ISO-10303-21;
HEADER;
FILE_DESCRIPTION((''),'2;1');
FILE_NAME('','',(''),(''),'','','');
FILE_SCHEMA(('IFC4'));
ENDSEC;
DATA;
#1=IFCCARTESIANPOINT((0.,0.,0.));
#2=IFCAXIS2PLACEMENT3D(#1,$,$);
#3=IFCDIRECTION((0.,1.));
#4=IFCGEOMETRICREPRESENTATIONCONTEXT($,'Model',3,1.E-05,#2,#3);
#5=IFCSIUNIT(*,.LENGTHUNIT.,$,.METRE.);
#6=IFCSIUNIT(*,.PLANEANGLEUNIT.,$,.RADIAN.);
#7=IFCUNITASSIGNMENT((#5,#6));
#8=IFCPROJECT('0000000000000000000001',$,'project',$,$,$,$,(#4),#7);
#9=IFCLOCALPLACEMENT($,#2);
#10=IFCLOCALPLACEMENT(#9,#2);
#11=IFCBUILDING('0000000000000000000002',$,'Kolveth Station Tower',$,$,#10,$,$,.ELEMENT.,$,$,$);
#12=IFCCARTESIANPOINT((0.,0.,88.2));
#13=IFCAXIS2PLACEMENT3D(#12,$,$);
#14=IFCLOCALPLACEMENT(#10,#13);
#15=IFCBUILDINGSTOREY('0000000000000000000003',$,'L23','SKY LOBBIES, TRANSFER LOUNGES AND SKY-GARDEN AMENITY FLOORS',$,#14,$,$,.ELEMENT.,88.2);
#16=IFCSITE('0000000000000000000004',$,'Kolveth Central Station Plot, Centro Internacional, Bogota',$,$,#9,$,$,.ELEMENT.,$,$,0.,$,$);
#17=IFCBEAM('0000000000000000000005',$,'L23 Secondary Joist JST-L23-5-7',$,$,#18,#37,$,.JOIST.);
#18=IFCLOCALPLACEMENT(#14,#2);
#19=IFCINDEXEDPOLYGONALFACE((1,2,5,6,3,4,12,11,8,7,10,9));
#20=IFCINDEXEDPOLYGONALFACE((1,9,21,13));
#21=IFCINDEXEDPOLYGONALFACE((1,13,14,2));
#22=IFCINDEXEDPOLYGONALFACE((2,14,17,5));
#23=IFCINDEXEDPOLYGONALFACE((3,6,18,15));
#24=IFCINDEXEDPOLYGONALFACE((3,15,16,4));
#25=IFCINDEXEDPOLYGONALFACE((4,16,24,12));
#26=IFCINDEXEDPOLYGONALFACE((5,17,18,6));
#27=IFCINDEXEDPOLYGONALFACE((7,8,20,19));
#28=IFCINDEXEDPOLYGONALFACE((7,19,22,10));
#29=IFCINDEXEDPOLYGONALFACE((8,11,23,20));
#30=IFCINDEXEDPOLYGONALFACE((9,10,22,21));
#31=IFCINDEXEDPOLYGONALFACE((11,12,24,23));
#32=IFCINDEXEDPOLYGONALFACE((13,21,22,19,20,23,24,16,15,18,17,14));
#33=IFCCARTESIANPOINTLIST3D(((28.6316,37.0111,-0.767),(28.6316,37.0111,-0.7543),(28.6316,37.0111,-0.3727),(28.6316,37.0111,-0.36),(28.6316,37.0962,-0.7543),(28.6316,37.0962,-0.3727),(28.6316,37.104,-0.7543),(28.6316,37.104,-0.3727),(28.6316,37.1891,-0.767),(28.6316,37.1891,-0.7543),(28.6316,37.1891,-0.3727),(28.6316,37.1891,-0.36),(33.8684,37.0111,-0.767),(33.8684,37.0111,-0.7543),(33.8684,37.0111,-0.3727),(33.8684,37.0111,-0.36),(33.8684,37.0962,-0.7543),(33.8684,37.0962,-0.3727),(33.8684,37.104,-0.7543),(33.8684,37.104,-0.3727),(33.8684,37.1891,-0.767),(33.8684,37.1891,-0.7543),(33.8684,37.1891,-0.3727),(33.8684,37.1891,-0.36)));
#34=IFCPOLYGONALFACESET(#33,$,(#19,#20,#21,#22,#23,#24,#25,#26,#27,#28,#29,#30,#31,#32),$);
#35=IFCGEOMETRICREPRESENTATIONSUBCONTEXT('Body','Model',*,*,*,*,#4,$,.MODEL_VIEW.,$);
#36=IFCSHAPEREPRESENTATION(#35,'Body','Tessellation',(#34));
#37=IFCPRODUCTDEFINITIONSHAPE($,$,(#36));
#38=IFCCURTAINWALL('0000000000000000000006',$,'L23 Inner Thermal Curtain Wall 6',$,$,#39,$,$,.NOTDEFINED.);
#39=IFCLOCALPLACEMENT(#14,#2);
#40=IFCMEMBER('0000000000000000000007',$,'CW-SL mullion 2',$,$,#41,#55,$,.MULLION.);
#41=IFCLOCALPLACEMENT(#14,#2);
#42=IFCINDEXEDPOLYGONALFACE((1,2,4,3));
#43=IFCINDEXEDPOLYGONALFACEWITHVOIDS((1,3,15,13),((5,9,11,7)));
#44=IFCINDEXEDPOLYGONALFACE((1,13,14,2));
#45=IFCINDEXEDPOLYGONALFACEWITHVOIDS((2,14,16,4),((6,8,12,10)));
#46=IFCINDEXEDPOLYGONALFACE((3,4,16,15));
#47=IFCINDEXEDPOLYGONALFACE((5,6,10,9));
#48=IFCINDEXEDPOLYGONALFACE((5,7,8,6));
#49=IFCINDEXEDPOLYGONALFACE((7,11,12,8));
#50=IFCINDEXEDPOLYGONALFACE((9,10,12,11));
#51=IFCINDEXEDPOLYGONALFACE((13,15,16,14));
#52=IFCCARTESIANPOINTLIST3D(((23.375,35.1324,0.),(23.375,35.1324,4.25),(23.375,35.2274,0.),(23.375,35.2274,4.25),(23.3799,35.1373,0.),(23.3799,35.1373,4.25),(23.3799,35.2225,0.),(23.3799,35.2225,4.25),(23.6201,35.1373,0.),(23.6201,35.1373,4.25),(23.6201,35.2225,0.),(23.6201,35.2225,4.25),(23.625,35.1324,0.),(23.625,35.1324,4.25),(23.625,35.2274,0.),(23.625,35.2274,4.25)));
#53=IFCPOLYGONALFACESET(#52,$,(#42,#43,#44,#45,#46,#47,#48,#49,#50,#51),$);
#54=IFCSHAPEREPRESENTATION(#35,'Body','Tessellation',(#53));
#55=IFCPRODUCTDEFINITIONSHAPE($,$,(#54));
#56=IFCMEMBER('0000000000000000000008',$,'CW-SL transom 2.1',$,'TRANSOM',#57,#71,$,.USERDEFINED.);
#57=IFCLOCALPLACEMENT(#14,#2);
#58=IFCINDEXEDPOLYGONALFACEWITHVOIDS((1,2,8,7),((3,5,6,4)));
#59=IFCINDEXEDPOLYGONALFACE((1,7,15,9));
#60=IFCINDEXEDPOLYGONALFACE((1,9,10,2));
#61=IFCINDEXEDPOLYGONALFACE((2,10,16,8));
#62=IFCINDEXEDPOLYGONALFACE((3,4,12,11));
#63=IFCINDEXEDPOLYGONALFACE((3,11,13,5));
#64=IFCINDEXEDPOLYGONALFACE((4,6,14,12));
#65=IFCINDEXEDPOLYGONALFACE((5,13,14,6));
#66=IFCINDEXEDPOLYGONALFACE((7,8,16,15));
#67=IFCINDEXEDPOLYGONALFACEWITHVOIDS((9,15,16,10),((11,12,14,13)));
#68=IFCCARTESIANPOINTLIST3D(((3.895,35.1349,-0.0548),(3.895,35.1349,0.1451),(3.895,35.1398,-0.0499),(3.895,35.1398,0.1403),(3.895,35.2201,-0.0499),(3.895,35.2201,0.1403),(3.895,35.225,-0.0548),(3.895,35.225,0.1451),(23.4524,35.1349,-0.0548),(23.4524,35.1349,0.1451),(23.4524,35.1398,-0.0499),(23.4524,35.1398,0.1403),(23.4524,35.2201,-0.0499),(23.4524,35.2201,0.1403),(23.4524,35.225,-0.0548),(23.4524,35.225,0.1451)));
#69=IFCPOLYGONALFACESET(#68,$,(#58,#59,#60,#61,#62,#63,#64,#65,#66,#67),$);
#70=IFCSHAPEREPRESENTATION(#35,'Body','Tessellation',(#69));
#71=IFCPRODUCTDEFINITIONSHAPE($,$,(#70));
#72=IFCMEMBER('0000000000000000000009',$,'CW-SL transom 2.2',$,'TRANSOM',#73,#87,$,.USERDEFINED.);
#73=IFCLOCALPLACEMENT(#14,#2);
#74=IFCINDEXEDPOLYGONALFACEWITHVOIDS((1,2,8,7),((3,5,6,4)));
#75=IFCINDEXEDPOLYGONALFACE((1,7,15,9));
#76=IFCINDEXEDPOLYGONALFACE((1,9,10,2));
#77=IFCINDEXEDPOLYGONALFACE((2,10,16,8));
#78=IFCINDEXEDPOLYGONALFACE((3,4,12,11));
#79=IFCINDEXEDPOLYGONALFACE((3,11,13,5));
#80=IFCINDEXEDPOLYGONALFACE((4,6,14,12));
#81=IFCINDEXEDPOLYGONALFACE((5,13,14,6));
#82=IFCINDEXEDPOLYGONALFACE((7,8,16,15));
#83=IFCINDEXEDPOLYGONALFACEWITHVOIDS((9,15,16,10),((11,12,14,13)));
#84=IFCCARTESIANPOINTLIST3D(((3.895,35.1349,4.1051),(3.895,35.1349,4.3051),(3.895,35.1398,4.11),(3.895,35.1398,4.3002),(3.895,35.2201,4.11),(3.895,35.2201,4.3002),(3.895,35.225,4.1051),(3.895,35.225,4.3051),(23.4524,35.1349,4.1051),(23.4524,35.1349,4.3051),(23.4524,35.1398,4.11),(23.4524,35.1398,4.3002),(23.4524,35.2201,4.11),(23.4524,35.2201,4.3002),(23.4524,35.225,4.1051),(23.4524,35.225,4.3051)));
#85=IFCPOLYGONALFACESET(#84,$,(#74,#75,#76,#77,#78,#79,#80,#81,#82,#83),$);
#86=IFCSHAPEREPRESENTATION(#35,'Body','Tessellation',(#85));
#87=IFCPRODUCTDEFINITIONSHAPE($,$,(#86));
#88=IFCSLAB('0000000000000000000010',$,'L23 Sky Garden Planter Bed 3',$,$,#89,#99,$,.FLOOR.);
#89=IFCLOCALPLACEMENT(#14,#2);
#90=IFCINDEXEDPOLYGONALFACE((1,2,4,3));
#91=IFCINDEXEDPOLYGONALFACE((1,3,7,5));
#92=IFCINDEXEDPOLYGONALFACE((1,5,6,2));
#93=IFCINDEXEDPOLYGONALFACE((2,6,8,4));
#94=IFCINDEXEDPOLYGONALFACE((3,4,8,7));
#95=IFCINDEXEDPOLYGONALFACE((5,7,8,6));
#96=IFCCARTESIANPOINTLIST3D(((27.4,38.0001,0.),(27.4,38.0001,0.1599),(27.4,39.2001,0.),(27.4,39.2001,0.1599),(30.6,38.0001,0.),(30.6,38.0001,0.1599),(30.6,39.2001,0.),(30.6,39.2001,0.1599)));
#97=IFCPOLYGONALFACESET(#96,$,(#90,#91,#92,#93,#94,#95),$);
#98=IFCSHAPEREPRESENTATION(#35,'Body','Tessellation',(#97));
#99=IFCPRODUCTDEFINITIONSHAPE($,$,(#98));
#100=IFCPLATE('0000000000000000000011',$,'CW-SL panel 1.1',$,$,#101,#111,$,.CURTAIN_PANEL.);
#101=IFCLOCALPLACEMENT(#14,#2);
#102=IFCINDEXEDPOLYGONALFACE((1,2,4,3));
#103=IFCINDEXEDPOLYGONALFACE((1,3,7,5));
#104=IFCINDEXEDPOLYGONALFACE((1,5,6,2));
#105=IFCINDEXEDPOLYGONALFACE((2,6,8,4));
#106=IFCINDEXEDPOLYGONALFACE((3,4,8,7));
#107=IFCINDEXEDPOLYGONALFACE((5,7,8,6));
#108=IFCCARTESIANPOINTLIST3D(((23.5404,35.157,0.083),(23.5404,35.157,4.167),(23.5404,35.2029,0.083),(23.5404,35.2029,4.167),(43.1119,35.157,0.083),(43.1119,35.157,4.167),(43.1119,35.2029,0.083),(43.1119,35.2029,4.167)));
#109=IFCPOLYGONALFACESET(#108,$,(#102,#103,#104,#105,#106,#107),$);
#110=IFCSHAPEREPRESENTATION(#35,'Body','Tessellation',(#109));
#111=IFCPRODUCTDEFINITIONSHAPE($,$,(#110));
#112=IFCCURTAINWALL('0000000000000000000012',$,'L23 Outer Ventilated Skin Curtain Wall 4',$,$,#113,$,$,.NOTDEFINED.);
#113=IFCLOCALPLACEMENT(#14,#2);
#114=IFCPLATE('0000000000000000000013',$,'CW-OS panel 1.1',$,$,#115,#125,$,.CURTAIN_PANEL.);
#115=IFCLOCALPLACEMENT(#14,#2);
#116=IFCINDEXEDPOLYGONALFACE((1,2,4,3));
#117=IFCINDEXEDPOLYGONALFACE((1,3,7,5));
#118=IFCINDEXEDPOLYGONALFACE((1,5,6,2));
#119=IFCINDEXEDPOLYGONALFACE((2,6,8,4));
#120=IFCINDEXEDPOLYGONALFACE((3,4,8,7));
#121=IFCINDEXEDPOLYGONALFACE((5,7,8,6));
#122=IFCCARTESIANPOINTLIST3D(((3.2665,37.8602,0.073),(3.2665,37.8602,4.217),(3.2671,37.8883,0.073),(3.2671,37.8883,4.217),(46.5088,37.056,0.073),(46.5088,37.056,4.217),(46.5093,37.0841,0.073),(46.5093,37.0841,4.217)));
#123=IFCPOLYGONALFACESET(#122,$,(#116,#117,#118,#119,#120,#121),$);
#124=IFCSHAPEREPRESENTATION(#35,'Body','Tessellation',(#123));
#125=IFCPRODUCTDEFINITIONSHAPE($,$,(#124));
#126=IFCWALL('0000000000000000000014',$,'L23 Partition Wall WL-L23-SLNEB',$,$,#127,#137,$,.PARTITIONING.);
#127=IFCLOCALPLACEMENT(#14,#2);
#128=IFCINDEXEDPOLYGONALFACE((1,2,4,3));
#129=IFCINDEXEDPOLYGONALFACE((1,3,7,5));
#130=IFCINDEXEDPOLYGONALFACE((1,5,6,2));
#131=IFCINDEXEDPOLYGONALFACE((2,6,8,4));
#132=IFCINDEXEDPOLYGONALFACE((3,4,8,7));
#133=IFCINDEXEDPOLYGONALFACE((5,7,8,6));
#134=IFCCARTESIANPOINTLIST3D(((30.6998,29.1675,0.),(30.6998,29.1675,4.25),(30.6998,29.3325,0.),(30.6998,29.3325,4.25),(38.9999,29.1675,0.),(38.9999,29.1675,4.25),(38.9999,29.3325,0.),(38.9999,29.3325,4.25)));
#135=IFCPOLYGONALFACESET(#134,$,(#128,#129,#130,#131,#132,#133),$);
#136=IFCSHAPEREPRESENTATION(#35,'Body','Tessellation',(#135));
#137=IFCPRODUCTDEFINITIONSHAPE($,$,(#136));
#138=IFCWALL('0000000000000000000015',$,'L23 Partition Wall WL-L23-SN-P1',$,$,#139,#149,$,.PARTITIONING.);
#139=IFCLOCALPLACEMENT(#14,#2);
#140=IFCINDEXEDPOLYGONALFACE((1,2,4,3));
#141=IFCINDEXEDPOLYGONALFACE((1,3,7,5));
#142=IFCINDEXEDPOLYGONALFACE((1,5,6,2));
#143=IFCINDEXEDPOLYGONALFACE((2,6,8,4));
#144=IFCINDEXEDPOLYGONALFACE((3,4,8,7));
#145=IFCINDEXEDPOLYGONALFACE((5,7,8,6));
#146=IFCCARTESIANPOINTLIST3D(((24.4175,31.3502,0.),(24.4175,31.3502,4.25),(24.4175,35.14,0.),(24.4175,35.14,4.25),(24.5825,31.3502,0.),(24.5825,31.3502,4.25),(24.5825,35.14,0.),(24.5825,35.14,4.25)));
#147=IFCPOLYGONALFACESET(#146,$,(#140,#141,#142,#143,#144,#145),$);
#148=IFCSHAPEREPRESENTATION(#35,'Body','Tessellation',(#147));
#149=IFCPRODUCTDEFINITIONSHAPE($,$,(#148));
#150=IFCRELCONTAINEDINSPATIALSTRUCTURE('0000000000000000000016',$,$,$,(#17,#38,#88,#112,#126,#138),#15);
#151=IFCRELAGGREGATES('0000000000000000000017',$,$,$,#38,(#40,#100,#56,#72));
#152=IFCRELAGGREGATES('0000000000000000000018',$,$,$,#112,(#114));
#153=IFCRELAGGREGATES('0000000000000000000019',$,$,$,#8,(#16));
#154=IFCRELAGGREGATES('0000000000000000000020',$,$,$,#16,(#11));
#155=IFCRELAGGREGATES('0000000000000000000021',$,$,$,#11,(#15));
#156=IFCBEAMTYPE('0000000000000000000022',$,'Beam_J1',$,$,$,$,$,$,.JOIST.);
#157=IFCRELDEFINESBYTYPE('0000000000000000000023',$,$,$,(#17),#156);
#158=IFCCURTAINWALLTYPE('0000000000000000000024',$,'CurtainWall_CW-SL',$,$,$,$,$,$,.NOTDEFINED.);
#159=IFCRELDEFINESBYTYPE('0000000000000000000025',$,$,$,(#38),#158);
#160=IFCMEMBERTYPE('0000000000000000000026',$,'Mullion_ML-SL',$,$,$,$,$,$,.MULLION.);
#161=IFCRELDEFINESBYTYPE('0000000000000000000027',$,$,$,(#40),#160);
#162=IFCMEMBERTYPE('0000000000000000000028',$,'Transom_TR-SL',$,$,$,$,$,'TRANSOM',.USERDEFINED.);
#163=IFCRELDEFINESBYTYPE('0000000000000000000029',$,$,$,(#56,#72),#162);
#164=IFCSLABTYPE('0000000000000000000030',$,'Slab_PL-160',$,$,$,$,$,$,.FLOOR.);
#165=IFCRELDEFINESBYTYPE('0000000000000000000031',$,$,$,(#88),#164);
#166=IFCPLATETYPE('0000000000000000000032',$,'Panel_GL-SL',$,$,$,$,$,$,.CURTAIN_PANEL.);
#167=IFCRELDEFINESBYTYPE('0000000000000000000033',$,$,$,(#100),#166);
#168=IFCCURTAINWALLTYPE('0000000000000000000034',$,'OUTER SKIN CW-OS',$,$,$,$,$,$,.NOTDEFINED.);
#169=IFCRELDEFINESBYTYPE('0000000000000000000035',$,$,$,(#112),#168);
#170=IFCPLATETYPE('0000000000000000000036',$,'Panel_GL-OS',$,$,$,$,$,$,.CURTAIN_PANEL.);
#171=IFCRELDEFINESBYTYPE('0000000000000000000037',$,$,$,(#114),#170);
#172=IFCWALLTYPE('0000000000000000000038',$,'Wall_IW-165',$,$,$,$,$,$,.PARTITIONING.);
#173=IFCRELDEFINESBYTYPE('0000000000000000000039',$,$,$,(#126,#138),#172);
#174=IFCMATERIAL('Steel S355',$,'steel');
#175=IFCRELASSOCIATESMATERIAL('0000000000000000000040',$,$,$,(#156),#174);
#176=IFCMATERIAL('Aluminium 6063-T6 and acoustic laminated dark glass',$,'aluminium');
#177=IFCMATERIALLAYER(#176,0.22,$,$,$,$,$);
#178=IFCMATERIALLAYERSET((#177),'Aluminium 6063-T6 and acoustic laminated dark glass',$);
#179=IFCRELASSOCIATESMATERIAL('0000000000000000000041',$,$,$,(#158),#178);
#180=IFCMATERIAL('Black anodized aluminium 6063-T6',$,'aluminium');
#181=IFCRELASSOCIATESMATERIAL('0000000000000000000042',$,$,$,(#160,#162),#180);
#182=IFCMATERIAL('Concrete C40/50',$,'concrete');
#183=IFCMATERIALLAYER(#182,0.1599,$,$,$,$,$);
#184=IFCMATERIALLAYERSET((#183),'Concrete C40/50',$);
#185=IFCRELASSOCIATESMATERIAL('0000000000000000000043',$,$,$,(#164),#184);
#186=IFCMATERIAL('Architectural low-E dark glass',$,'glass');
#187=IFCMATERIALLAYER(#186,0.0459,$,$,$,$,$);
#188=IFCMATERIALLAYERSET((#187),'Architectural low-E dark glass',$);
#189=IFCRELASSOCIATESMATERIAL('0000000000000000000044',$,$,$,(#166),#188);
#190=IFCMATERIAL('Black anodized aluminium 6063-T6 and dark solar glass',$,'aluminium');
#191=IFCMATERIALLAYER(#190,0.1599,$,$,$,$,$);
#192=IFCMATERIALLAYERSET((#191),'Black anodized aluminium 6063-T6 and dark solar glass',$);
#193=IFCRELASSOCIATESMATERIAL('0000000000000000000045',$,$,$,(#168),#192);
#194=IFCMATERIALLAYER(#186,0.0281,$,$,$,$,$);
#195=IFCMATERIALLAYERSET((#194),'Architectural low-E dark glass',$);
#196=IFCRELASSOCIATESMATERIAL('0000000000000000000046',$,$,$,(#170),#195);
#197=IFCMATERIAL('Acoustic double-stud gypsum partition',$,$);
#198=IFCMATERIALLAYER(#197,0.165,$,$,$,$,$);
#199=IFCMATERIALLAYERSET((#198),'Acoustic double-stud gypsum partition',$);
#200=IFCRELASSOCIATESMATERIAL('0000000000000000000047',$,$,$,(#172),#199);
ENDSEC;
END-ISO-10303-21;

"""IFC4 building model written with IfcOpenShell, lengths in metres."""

from ifc_helpers import new_model, si_unit, direction, frame, frame_2d, origin, origin_2d, place, context, subcontext, project, spatial, rectangle, hollow_rectangle, i_section, extrude, source, transform, mapped, material, layer, layer_set, material_profile, profile_set, type_object, element, aggregate, save


model = new_model("IFC4")

# Units and contexts
model_context = context("Model", 3, precision=1e-05, world=origin(), true_north=direction((0.0, 1.0)))
body_context = subcontext(model_context, "Body", "Model", "MODEL_VIEW")
ifc_project = project(units=[si_unit("LENGTHUNIT", "METRE"), si_unit("PLANEANGLEUNIT", "RADIAN")], contexts=[model_context])

# Site, building, storey
site_placement = place(None, origin())
site = spatial("IfcSite", under=ifc_project, at=site_placement, Name="Kolveth Central Station Plot, Centro Internacional, Bogota", CompositionType="ELEMENT", RefElevation=0.0)
building_placement = place(site_placement, origin())
building = spatial("IfcBuilding", under=site, at=building_placement, Name="Kolveth Station Tower", CompositionType="ELEMENT")
storey_placement = place(building_placement, frame((0.0, 0.0, 88.2)))
storey = spatial("IfcBuildingStorey", under=building, at=storey_placement, Name="L23", Description="SKY LOBBIES, TRANSFER LOUNGES AND SKY-GARDEN AMENITY FLOORS", CompositionType="ELEMENT", Elevation=88.2)

# Shared definitions
ifc_material_1 = material(Name="Steel S355", Category="steel")

# Beam
ifc_material_profile_1 = material_profile(ifc_material_1, i_section(OverallWidth=0.178, OverallDepth=0.407, WebThickness=0.0078, FlangeThickness=0.0127, at=origin_2d()), Name="W410x60")
ifc_profile_set_1 = profile_set([ifc_material_profile_1], Name="Steel S355")
beam_type_1 = type_object("IfcBeamType", Name="Beam_J1", PredefinedType="JOIST", material=ifc_profile_set_1)
shared_shape_1 = source(origin(), body_context, "Body", "SweptSolid", [
    extrude(i_section(OverallWidth=0.178, OverallDepth=0.407, WebThickness=0.0078, FlangeThickness=0.0127, at=origin_2d()), origin(), (0.0, 0.0, 1.0), 5.2368),
])
for number, where, z_axis, x_axis, name in (
    (1, (28.6316, 37.1001, -0.5635), (1.0, 0.0, 0.0), (0.0, 1.0, 0.0), "L23 Secondary Joist JST-L23-5-7"),
):
    element("IfcBeam", number, at=place(storey_placement, frame(where, z_axis=z_axis, x_axis=x_axis)), inside=storey, type_object=beam_type_1, Name=name, PredefinedType="JOIST", context=body_context, shape_type="MappedRepresentation", body=[
        mapped(shared_shape_1, transform((0.0, 0.0, 0.0), x_axis=(1.0, 0.0, 0.0), y_axis=(0.0, 1.0, 0.0), z_axis=(0.0, 0.0, 1.0), scale=1.0)),
    ])

# Curtain wall, members
ifc_material_2 = material(Name="Aluminium 6063-T6 and acoustic laminated dark glass", Category="aluminium")
ifc_layer_1 = layer(ifc_material_2, 0.22)
ifc_layer_set_1 = layer_set([ifc_layer_1], Name="Aluminium 6063-T6 and acoustic laminated dark glass")
curtain_wall_type_1 = type_object("IfcCurtainWallType", Name="CurtainWall_CW-SL", PredefinedType="NOTDEFINED", material=ifc_layer_set_1)
curtain_wall_1_placement = place(storey_placement, origin())
curtain_wall_1 = element("IfcCurtainWall", 2, at=curtain_wall_1_placement, inside=storey, type_object=curtain_wall_type_1, Name="L23 Inner Thermal Curtain Wall 6", PredefinedType="NOTDEFINED")
ifc_material_3 = material(Name="Black anodized aluminium 6063-T6", Category="aluminium")
ifc_material_profile_2 = material_profile(ifc_material_3, hollow_rectangle(XDim=0.095, YDim=0.25, WallThickness=0.0049, at=origin_2d()), Name="ALU-95x250x5")
ifc_profile_set_2 = profile_set([ifc_material_profile_2], Name="Black anodized aluminium 6063-T6")
member_type_1 = type_object("IfcMemberType", Name="Mullion_ML-SL", PredefinedType="MULLION", material=ifc_profile_set_2)
shared_shape_2 = source(origin(), body_context, "Body", "SweptSolid", [
    extrude(hollow_rectangle(XDim=0.095, YDim=0.25, WallThickness=0.0049, at=origin_2d()), origin(), (0.0, 0.0, 1.0), 4.25),
])
member_1_placement = place(storey_placement, frame((23.5, 35.1799, 0.0), z_axis=(0.0, 0.0, 1.0), x_axis=(0.0, -1.0, 0.0)))
member_1 = element("IfcMember", 3, at=member_1_placement, type_object=member_type_1, Name="CW-SL mullion 2", PredefinedType="MULLION", context=body_context, shape_type="MappedRepresentation", body=[
    mapped(shared_shape_2, transform((0.0, 0.0, 0.0), x_axis=(1.0, 0.0, 0.0), y_axis=(0.0, 1.0, 0.0), z_axis=(0.0, 0.0, 1.0), scale=1.0)),
])
ifc_material_profile_3 = material_profile(ifc_material_3, hollow_rectangle(XDim=0.0901, YDim=0.2, WallThickness=0.0049, at=origin_2d()), Name="ALU-90x200x5")
ifc_profile_set_3 = profile_set([ifc_material_profile_3], Name="Black anodized aluminium 6063-T6")
member_type_2 = type_object("IfcMemberType", Name="Transom_TR-SL", ElementType="TRANSOM", PredefinedType="USERDEFINED", material=ifc_profile_set_3)
shared_shape_3 = source(origin(), body_context, "Body", "SweptSolid", [
    extrude(hollow_rectangle(XDim=0.0901, YDim=0.2, WallThickness=0.0049, at=origin_2d()), origin(), (0.0, 0.0, 1.0), 19.5574),
])
member_2_placement = place(storey_placement, frame((23.4524, 35.1799, 0.0452), z_axis=(-1.0, 0.0, 0.0), x_axis=(0.0, -1.0, 0.0)))
member_2 = element("IfcMember", 4, at=member_2_placement, type_object=member_type_2, Name="CW-SL transom 2.1", ObjectType="TRANSOM", PredefinedType="USERDEFINED", context=body_context, shape_type="MappedRepresentation", body=[
    mapped(shared_shape_3, transform((0.0, 0.0, 0.0), x_axis=(1.0, 0.0, 0.0), y_axis=(0.0, 1.0, 0.0), z_axis=(0.0, 0.0, 1.0), scale=1.0)),
])
member_3_placement = place(storey_placement, frame((23.4524, 35.1799, 4.2051), z_axis=(-1.0, 0.0, 0.0), x_axis=(0.0, -1.0, 0.0)))
member_3 = element("IfcMember", 5, at=member_3_placement, type_object=member_type_2, Name="CW-SL transom 2.2", ObjectType="TRANSOM", PredefinedType="USERDEFINED", context=body_context, shape_type="MappedRepresentation", body=[
    mapped(shared_shape_3, transform((0.0, 0.0, 0.0), x_axis=(1.0, 0.0, 0.0), y_axis=(0.0, 1.0, 0.0), z_axis=(0.0, 0.0, 1.0), scale=1.0)),
])

# Slab
ifc_material_4 = material(Name="Concrete C40/50", Category="concrete")
ifc_layer_2 = layer(ifc_material_4, 0.1599)
ifc_layer_set_2 = layer_set([ifc_layer_2], Name="Concrete C40/50")
slab_type = type_object("IfcSlabType", Name="Slab_PL-160", PredefinedType="FLOOR", material=ifc_layer_set_2)
shared_shape_4 = source(origin(), body_context, "Body", "SweptSolid", [
    extrude(rectangle(XDim=3.2, YDim=1.2, at=origin_2d()), origin(), (0.0, 0.0, 1.0), 0.1599),
])
slab_placement = place(storey_placement, frame((29.0, 38.6001, 0.0), z_axis=(0.0, 0.0, 1.0), x_axis=(1.0, 0.0, 0.0)))
element("IfcSlab", 6, at=slab_placement, inside=storey, type_object=slab_type, Name="L23 Sky Garden Planter Bed 3", PredefinedType="FLOOR", context=body_context, shape_type="MappedRepresentation", body=[
    mapped(shared_shape_4, transform((0.0, 0.0, 0.0), x_axis=(1.0, 0.0, 0.0), y_axis=(0.0, 1.0, 0.0), z_axis=(0.0, 0.0, 1.0), scale=1.0)),
])

# Plate
ifc_material_5 = material(Name="Architectural low-E dark glass", Category="glass")
ifc_layer_3 = layer(ifc_material_5, 0.0459)
ifc_layer_set_3 = layer_set([ifc_layer_3], Name="Architectural low-E dark glass")
plate_type_1 = type_object("IfcPlateType", Name="Panel_GL-SL", PredefinedType="CURTAIN_PANEL", material=ifc_layer_set_3)
shared_shape_5 = source(origin(), body_context, "Body", "SweptSolid", [
    extrude(rectangle(XDim=19.5715, YDim=0.0459, at=origin_2d()), origin(), (0.0, 0.0, 1.0), 4.084),
])
plate_1_placement = place(storey_placement, frame((33.3262, 35.1799, 0.083), z_axis=(0.0, 0.0, 1.0), x_axis=(-1.0, 0.0, 0.0)))
plate_1 = element("IfcPlate", 7, at=plate_1_placement, type_object=plate_type_1, Name="CW-SL panel 1.1", PredefinedType="CURTAIN_PANEL", context=body_context, shape_type="MappedRepresentation", body=[
    mapped(shared_shape_5, transform((0.0, 0.0, 0.0), x_axis=(1.0, 0.0, 0.0), y_axis=(0.0, 1.0, 0.0), z_axis=(0.0, 0.0, 1.0), scale=1.0)),
])
aggregate(curtain_wall_1, [member_1, plate_1, member_2, member_3])

# Curtain wall, plate
ifc_material_6 = material(Name="Black anodized aluminium 6063-T6 and dark solar glass", Category="aluminium")
ifc_layer_4 = layer(ifc_material_6, 0.1599)
ifc_layer_set_4 = layer_set([ifc_layer_4], Name="Black anodized aluminium 6063-T6 and dark solar glass")
curtain_wall_type_2 = type_object("IfcCurtainWallType", Name="OUTER SKIN CW-OS", PredefinedType="NOTDEFINED", material=ifc_layer_set_4)
curtain_wall_2_placement = place(storey_placement, origin())
curtain_wall_2 = element("IfcCurtainWall", 8, at=curtain_wall_2_placement, inside=storey, type_object=curtain_wall_type_2, Name="L23 Outer Ventilated Skin Curtain Wall 4", PredefinedType="NOTDEFINED")
ifc_layer_5 = layer(ifc_material_5, 0.0281)
ifc_layer_set_5 = layer_set([ifc_layer_5], Name="Architectural low-E dark glass")
plate_type_2 = type_object("IfcPlateType", Name="Panel_GL-OS", PredefinedType="CURTAIN_PANEL", material=ifc_layer_set_5)
shared_shape_6 = source(origin(), body_context, "Body", "SweptSolid", [
    extrude(rectangle(XDim=43.2498, YDim=0.0281, at=origin_2d()), origin(), (0.0, 0.0, 1.0), 4.144),
])
plate_2_placement = place(storey_placement, frame((24.8879, 37.4722, 0.073), z_axis=(0.0, 0.0, 1.0), x_axis=(-0.999827, 0.018595, 0.0)))
plate_2 = element("IfcPlate", 9, at=plate_2_placement, type_object=plate_type_2, Name="CW-OS panel 1.1", PredefinedType="CURTAIN_PANEL", context=body_context, shape_type="MappedRepresentation", body=[
    mapped(shared_shape_6, transform((0.0, 0.0, 0.0), x_axis=(1.0, 0.0, 0.0), y_axis=(0.0, 1.0, 0.0), z_axis=(0.0, 0.0, 1.0), scale=1.0)),
])
aggregate(curtain_wall_2, [plate_2])

# Walls
ifc_material_7 = material(Name="Acoustic double-stud gypsum partition")
ifc_layer_6 = layer(ifc_material_7, 0.165)
ifc_layer_set_6 = layer_set([ifc_layer_6], Name="Acoustic double-stud gypsum partition")
wall_type = type_object("IfcWallType", Name="Wall_IW-165", PredefinedType="PARTITIONING", material=ifc_layer_set_6)
wall_1_placement = place(storey_placement, frame((30.7, 29.25, 0.0), z_axis=(0.0, 0.0, 1.0), x_axis=(1.0, 0.0, 0.0)))
element("IfcWall", 10, at=wall_1_placement, inside=storey, type_object=wall_type, Name="L23 Partition Wall WL-L23-SLNEB", PredefinedType="PARTITIONING", context=body_context, shape_type="SweptSolid", body=[
    extrude(rectangle(XDim=8.3, YDim=0.165, at=frame_2d((4.1499, 0.0))), origin(), (0.0, 0.0, 1.0), 4.25),
])
wall_2_placement = place(storey_placement, frame((24.5, 31.3501, 0.0), z_axis=(0.0, 0.0, 1.0), x_axis=(0.0, 1.0, 0.0)))
element("IfcWall", 11, at=wall_2_placement, inside=storey, type_object=wall_type, Name="L23 Partition Wall WL-L23-SN-P1", PredefinedType="PARTITIONING", context=body_context, shape_type="SweptSolid", body=[
    extrude(rectangle(XDim=3.7898, YDim=0.165, at=frame_2d((1.895, 0.0))), origin(), (0.0, 0.0, 1.0), 4.25),
])

save(model, "model.ifc")
